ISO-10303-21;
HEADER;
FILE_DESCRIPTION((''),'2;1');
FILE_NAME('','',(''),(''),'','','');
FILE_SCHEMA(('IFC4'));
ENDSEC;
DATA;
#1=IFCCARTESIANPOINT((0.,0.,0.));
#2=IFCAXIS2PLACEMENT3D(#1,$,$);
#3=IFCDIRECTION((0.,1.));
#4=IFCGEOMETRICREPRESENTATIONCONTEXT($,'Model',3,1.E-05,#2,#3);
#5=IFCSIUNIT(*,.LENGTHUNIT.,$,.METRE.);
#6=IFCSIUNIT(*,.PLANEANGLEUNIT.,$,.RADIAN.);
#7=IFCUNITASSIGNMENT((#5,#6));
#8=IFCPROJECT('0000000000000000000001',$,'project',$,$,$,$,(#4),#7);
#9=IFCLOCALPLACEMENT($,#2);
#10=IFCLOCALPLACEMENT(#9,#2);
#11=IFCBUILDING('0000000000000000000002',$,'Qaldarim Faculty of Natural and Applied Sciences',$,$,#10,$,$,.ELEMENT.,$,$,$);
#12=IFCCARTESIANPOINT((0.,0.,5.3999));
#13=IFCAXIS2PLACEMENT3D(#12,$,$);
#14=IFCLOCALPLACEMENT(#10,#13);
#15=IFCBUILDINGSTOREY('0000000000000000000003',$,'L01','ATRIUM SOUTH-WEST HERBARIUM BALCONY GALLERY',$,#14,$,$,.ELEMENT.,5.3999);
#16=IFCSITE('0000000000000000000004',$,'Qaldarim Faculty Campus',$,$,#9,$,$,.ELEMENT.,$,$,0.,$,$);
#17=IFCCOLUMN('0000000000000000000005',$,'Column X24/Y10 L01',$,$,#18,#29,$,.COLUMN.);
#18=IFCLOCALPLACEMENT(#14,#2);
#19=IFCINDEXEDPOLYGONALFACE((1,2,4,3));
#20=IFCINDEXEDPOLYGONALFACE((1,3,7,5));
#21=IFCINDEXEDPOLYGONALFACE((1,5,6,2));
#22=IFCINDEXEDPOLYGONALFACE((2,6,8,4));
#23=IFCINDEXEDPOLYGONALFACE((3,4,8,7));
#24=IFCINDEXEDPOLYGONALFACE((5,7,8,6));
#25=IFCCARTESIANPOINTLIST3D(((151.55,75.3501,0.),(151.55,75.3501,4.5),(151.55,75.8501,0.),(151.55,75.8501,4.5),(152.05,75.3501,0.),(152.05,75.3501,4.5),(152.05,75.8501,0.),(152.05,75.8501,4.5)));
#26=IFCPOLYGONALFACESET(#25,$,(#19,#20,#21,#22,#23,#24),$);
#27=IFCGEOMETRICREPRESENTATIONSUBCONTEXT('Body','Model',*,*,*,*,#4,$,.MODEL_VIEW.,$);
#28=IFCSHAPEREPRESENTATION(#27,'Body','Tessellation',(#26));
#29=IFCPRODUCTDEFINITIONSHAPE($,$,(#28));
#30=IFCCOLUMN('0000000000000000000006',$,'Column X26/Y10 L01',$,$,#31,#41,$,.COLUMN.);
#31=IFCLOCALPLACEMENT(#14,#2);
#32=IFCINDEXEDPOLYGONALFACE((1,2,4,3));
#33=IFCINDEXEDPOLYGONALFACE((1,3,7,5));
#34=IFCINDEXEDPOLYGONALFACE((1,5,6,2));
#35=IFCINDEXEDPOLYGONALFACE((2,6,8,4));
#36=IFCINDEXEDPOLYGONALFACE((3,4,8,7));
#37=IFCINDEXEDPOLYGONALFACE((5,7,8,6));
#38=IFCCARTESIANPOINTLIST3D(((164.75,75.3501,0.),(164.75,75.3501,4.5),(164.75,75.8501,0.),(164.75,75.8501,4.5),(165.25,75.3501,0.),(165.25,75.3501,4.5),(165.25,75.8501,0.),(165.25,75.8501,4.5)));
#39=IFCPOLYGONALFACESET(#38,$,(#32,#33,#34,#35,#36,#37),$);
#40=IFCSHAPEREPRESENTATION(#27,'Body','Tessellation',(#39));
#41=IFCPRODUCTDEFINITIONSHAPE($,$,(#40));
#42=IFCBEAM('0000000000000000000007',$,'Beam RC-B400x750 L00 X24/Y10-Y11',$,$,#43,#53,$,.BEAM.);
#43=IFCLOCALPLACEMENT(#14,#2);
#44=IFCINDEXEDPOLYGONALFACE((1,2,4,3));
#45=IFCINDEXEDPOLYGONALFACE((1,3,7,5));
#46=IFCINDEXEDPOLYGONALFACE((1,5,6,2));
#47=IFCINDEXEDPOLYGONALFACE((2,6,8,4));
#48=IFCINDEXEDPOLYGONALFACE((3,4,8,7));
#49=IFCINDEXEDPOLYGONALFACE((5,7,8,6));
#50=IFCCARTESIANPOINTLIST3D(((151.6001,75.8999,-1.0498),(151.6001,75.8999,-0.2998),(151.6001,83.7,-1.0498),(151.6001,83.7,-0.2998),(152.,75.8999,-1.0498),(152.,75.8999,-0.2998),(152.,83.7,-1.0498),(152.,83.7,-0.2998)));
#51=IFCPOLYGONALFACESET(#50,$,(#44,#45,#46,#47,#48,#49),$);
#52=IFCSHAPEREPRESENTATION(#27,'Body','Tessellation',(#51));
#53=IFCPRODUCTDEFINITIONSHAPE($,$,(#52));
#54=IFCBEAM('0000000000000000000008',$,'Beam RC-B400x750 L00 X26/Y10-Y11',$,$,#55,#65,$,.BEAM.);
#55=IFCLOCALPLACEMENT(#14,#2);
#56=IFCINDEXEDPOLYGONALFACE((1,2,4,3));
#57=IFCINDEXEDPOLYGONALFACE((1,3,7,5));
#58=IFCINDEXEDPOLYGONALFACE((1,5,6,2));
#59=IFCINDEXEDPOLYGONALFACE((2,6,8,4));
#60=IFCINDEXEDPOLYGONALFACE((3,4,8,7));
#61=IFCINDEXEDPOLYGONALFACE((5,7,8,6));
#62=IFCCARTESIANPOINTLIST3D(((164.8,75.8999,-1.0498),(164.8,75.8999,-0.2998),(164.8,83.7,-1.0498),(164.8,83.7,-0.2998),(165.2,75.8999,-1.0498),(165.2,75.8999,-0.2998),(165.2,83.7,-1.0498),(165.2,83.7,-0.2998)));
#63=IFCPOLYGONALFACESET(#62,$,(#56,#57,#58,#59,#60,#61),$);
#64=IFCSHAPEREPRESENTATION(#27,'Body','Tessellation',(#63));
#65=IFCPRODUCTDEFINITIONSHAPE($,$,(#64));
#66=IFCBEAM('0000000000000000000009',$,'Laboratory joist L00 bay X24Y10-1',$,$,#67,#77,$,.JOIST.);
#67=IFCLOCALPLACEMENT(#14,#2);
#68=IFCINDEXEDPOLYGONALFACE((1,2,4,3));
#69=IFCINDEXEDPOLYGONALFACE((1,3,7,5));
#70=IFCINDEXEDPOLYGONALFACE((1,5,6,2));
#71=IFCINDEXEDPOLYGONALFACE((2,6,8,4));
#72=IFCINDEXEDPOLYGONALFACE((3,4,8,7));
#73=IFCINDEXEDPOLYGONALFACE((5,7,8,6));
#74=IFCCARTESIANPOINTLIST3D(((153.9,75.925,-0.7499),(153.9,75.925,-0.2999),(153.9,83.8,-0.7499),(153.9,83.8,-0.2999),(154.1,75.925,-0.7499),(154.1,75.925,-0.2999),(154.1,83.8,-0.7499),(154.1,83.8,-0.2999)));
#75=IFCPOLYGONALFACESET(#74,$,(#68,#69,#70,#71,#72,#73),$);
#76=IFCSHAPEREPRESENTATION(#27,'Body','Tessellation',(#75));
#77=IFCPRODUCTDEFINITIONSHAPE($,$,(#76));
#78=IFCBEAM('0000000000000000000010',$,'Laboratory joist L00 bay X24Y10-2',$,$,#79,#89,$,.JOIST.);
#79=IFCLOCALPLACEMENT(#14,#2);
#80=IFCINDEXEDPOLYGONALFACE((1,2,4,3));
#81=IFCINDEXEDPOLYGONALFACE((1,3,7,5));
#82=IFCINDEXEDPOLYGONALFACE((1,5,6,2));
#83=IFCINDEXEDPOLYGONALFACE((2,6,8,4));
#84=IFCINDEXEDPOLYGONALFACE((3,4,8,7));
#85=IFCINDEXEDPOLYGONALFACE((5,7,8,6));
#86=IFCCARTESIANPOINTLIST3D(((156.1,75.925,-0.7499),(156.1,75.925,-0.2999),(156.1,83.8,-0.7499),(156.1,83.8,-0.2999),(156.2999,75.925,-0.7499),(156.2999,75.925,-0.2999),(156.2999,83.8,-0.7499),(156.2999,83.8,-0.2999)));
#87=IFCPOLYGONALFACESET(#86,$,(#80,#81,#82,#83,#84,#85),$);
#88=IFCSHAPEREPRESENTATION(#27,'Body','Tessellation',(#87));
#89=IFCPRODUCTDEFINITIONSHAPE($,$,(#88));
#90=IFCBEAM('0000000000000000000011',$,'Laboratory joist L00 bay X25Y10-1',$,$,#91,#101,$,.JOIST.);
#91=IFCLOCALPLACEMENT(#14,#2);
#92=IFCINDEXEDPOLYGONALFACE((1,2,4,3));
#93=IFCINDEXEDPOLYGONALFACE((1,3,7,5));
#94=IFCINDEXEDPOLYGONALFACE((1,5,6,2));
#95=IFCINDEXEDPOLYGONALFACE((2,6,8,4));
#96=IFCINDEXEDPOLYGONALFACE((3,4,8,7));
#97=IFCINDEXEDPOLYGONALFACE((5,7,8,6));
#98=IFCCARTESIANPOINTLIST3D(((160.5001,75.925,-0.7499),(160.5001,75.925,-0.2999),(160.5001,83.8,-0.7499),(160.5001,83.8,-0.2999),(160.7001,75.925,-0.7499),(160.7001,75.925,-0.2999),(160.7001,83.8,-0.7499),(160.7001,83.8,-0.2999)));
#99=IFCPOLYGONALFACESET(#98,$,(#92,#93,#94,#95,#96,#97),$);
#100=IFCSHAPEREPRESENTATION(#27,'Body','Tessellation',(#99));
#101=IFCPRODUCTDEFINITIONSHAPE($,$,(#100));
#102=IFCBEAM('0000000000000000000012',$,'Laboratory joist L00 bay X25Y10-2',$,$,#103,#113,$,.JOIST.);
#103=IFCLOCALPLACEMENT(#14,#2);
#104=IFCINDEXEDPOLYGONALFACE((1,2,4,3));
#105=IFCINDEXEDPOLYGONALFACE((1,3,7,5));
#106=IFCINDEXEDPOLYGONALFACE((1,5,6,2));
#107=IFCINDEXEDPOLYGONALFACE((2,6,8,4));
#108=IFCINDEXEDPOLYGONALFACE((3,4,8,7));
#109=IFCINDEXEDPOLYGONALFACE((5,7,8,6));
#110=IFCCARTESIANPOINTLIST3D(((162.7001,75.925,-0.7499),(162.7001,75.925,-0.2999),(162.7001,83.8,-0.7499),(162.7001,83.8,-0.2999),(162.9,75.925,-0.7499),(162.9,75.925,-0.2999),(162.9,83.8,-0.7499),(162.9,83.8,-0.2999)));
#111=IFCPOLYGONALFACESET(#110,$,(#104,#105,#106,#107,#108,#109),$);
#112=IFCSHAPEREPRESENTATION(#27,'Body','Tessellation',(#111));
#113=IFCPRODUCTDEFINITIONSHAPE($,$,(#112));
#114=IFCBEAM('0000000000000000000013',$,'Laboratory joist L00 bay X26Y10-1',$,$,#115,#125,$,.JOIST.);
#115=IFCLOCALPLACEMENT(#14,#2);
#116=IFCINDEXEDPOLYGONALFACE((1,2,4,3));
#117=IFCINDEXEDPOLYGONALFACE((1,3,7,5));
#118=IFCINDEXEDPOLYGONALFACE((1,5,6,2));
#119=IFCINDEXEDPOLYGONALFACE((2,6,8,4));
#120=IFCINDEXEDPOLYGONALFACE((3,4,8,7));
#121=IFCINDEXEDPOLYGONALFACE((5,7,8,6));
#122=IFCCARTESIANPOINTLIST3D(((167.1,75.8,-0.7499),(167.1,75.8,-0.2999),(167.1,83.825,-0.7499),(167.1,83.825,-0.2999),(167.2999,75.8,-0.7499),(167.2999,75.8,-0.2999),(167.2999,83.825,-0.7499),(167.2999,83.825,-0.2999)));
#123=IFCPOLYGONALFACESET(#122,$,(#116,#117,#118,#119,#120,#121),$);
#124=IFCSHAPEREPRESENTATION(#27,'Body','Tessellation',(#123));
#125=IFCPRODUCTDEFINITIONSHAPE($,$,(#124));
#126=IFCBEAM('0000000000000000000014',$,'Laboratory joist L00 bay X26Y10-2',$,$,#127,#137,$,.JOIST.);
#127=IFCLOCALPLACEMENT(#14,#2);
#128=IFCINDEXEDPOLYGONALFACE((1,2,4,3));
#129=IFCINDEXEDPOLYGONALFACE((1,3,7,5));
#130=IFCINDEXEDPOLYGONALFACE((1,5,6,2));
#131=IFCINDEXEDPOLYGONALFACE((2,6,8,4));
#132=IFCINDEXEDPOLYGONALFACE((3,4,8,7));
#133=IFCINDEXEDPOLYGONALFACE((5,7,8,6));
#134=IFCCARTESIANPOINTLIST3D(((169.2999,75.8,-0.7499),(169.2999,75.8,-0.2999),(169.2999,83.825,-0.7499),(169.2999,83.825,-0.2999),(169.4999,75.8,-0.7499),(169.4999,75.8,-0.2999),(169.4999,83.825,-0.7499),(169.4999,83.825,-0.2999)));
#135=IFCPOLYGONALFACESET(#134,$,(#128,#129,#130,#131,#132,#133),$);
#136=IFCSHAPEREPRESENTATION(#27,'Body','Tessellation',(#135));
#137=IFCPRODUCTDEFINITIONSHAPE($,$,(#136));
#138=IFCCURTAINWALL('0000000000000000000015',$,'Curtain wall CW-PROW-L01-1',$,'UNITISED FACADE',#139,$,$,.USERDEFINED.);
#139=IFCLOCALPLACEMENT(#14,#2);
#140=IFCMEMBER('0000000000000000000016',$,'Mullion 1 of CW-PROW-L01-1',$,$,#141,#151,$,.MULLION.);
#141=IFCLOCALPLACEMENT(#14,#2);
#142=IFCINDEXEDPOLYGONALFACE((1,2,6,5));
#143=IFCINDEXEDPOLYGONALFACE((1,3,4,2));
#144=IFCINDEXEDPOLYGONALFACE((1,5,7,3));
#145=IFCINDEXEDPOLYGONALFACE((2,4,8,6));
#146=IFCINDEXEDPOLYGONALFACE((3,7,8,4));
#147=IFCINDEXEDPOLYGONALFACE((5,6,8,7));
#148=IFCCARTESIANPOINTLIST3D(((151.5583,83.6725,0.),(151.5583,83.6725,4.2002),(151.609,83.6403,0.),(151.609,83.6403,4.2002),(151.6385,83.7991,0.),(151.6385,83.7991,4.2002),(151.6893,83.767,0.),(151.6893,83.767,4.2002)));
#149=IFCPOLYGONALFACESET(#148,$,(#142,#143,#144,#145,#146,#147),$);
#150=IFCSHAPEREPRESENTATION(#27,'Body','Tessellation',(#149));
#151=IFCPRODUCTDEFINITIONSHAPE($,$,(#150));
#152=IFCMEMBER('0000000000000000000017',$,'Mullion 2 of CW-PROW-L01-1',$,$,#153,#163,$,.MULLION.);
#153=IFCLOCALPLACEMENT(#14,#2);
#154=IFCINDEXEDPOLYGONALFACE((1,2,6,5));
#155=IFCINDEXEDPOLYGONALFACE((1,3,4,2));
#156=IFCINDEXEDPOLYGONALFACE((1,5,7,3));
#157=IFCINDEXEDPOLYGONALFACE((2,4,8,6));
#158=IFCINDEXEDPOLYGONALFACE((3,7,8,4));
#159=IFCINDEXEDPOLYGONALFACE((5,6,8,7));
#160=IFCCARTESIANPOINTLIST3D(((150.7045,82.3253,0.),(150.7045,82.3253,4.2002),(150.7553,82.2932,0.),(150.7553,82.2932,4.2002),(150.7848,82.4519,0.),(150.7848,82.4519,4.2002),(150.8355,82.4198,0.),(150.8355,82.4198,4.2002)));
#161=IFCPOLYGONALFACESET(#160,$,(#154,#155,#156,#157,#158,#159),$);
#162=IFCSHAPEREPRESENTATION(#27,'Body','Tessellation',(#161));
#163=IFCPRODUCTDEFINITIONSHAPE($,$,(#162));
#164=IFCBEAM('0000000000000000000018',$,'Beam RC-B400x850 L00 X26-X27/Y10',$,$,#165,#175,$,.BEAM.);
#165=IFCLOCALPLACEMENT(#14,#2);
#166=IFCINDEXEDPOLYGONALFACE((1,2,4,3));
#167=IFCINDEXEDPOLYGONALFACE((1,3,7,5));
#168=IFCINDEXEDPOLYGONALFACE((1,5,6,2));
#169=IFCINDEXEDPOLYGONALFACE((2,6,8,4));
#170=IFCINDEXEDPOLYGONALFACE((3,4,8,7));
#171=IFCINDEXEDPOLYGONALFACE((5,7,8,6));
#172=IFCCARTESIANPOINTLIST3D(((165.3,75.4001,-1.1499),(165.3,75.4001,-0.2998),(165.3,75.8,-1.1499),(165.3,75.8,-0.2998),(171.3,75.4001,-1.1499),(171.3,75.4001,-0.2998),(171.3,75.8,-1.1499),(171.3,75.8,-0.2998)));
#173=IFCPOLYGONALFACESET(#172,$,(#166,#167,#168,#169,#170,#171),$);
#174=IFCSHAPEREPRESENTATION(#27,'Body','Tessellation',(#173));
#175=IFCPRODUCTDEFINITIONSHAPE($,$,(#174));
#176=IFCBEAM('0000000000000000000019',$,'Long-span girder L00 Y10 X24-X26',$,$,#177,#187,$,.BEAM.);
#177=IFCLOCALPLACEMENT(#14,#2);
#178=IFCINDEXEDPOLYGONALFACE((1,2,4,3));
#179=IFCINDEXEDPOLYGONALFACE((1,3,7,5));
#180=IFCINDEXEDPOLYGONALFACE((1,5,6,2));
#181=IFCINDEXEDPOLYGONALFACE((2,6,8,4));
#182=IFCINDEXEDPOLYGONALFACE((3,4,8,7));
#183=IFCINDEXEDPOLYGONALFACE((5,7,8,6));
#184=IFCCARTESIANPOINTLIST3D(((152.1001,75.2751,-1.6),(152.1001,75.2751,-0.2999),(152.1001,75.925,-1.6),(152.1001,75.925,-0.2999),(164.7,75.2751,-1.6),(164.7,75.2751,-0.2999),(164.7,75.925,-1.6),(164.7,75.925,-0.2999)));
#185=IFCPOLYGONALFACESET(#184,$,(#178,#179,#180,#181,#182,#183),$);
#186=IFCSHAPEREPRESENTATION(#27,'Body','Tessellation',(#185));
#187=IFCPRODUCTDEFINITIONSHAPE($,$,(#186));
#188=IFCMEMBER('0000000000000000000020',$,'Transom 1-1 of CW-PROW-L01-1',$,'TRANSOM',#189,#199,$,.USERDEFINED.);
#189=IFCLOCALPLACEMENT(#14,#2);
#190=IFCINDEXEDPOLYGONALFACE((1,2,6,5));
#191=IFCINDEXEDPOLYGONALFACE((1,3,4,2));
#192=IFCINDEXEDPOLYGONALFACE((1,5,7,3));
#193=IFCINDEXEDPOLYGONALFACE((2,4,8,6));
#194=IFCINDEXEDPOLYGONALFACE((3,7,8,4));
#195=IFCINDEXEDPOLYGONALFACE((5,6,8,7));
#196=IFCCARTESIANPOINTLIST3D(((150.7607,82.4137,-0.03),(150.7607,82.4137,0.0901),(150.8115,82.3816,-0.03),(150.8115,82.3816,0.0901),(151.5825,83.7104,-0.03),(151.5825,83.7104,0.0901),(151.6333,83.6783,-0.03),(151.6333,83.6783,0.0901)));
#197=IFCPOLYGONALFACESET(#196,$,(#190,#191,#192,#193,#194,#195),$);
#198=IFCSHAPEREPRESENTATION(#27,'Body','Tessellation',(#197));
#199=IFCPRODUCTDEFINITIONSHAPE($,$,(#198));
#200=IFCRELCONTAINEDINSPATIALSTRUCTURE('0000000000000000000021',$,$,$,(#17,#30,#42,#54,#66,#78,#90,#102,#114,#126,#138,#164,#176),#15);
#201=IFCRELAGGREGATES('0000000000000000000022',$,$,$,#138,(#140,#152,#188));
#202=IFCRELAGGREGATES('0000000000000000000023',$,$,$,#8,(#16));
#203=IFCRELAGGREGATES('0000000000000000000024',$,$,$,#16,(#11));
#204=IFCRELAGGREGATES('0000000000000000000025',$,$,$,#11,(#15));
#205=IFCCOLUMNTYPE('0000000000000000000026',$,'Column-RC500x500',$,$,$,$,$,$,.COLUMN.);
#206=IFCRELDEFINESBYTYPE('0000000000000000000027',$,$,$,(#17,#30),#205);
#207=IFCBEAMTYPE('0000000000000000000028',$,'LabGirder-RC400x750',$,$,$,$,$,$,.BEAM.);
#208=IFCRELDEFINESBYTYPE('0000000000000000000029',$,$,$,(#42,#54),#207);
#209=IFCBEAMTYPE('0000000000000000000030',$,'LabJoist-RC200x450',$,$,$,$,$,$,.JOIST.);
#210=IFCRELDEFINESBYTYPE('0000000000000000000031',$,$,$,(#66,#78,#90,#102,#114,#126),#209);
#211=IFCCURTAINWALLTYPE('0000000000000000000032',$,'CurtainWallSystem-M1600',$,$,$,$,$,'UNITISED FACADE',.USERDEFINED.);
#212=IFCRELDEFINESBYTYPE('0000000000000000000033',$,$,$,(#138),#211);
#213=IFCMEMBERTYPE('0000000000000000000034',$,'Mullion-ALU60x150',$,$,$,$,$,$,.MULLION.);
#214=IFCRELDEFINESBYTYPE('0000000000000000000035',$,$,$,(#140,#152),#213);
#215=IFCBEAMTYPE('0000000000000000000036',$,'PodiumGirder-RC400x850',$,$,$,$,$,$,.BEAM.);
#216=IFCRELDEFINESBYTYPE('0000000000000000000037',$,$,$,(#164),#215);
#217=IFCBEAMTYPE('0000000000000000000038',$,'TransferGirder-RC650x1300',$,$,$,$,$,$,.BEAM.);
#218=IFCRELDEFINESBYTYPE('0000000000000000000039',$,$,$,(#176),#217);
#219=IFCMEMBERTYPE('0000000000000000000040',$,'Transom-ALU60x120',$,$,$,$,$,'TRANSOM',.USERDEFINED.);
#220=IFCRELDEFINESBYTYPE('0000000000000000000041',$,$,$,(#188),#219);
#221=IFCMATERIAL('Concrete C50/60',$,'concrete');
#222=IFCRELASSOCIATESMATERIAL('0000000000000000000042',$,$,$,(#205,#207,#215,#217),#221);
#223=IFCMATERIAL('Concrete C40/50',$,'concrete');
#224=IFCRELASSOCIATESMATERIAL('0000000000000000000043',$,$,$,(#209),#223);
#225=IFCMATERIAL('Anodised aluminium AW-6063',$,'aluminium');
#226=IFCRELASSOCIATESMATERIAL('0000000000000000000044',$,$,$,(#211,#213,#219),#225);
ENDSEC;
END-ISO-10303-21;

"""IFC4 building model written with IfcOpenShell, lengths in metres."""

from ifc_helpers import new_model, si_unit, direction, frame, origin, origin_2d, place, context, subcontext, project, spatial, rectangle, extrude, material, material_profile, profile_set, type_object, element, aggregate, save


model = new_model("IFC4")

# Units and contexts
model_context = context("Model", 3, precision=1e-05, world=origin(), true_north=direction((0.0, 1.0)))
body_context = subcontext(model_context, "Body", "Model", "MODEL_VIEW")
ifc_project = project(units=[si_unit("LENGTHUNIT", "METRE"), si_unit("PLANEANGLEUNIT", "RADIAN")], contexts=[model_context])

# Site, building, storey
site_placement = place(None, origin())
site = spatial("IfcSite", under=ifc_project, at=site_placement, Name="Qaldarim Faculty Campus", CompositionType="ELEMENT", RefElevation=0.0)
building_placement = place(site_placement, origin())
building = spatial("IfcBuilding", under=site, at=building_placement, Name="Qaldarim Faculty of Natural and Applied Sciences", CompositionType="ELEMENT")
storey_placement = place(building_placement, frame((0.0, 0.0, 5.3999)))
storey = spatial("IfcBuildingStorey", under=building, at=storey_placement, Name="L01", Description="ATRIUM SOUTH-WEST HERBARIUM BALCONY GALLERY", CompositionType="ELEMENT", Elevation=5.3999)

# Columns
ifc_material_1 = material(Name="Concrete C50/60", Category="concrete")
ifc_material_profile_1 = material_profile(ifc_material_1, rectangle(XDim=0.5, YDim=0.5, at=origin_2d()), Name="RC-C500x500")
ifc_profile_set_1 = profile_set([ifc_material_profile_1], Name="Concrete C50/60")
column_type = type_object("IfcColumnType", Name="Column-RC500x500", PredefinedType="COLUMN", material=ifc_profile_set_1)
for number, where, z_axis, x_axis, name in (
    (1, (151.8, 75.6001, 0.0), (0.0, 0.0, 1.0), (1.0, 0.0, 0.0), "Column X24/Y10 L01"),
    (2, (165.0, 75.6001, 0.0), (0.0, 0.0, 1.0), (1.0, 0.0, 0.0), "Column X26/Y10 L01"),
):
    element("IfcColumn", number, at=place(storey_placement, frame(where, z_axis=z_axis, x_axis=x_axis)), inside=storey, type_object=column_type, Name=name, PredefinedType="COLUMN", context=body_context, shape_type="SweptSolid", body=[
        extrude(rectangle(XDim=0.5, YDim=0.5, at=origin_2d()), origin(), (0.0, 0.0, 1.0), 4.5),
    ])

# Beams
ifc_material_profile_2 = material_profile(ifc_material_1, rectangle(XDim=0.3999, YDim=0.75, at=origin_2d()), Name="RC-B400x750")
ifc_profile_set_2 = profile_set([ifc_material_profile_2], Name="Concrete C50/60")
beam_type_1 = type_object("IfcBeamType", Name="LabGirder-RC400x750", PredefinedType="BEAM", material=ifc_profile_set_2)
for number, where, z_axis, x_axis, name in (
    (3, (151.8, 75.8999, -0.6748), (0.0, 1.0, 0.0), (-1.0, 0.0, 0.0), "Beam RC-B400x750 L00 X24/Y10-Y11"),
    (4, (165.0, 75.8999, -0.6748), (0.0, 1.0, 0.0), (-1.0, 0.0, 0.0), "Beam RC-B400x750 L00 X26/Y10-Y11"),
):
    element("IfcBeam", number, at=place(storey_placement, frame(where, z_axis=z_axis, x_axis=x_axis)), inside=storey, type_object=beam_type_1, Name=name, PredefinedType="BEAM", context=body_context, shape_type="SweptSolid", body=[
        extrude(rectangle(XDim=0.3999, YDim=0.75, at=origin_2d()), origin(), (0.0, 0.0, 1.0), 7.8),
    ])
ifc_material_2 = material(Name="Concrete C40/50", Category="concrete")
ifc_material_profile_3 = material_profile(ifc_material_2, rectangle(XDim=0.2, YDim=0.45, at=origin_2d()), Name="RC-J200x450")
ifc_profile_set_3 = profile_set([ifc_material_profile_3], Name="Concrete C40/50")
beam_type_2 = type_object("IfcBeamType", Name="LabJoist-RC200x450", PredefinedType="JOIST", material=ifc_profile_set_3)
for number, where, z_axis, x_axis, name in (
    (5, (154.0, 75.925, -0.5249), (0.0, 1.0, 0.0), (-1.0, 0.0, 0.0), "Laboratory joist L00 bay X24Y10-1"),
    (6, (156.2, 75.925, -0.5249), (0.0, 1.0, 0.0), (-1.0, 0.0, 0.0), "Laboratory joist L00 bay X24Y10-2"),
    (7, (160.6001, 75.925, -0.5249), (0.0, 1.0, 0.0), (-1.0, 0.0, 0.0), "Laboratory joist L00 bay X25Y10-1"),
    (8, (162.8, 75.925, -0.5249), (0.0, 1.0, 0.0), (-1.0, 0.0, 0.0), "Laboratory joist L00 bay X25Y10-2"),
):
    element("IfcBeam", number, at=place(storey_placement, frame(where, z_axis=z_axis, x_axis=x_axis)), inside=storey, type_object=beam_type_2, Name=name, PredefinedType="JOIST", context=body_context, shape_type="SweptSolid", body=[
        extrude(rectangle(XDim=0.2, YDim=0.45, at=origin_2d()), origin(), (0.0, 0.0, 1.0), 7.875),
    ])
for number, where, z_axis, x_axis, name in (
    (9, (167.2, 75.8, -0.5249), (0.0, 1.0, 0.0), (-1.0, 0.0, 0.0), "Laboratory joist L00 bay X26Y10-1"),
    (10, (169.3999, 75.8, -0.5249), (0.0, 1.0, 0.0), (-1.0, 0.0, 0.0), "Laboratory joist L00 bay X26Y10-2"),
):
    element("IfcBeam", number, at=place(storey_placement, frame(where, z_axis=z_axis, x_axis=x_axis)), inside=storey, type_object=beam_type_2, Name=name, PredefinedType="JOIST", context=body_context, shape_type="SweptSolid", body=[
        extrude(rectangle(XDim=0.2, YDim=0.45, at=origin_2d()), origin(), (0.0, 0.0, 1.0), 8.0249),
    ])

# Curtain wall, members
ifc_material_3 = material(Name="Anodised aluminium AW-6063", Category="aluminium")
curtain_wall_type = type_object("IfcCurtainWallType", Name="CurtainWallSystem-M1600", ElementType="UNITISED FACADE", PredefinedType="USERDEFINED", material=ifc_material_3)
curtain_wall_placement = place(storey_placement, origin())
curtain_wall = element("IfcCurtainWall", 11, at=curtain_wall_placement, inside=storey, type_object=curtain_wall_type, Name="Curtain wall CW-PROW-L01-1", ObjectType="UNITISED FACADE", PredefinedType="USERDEFINED")
ifc_material_profile_4 = material_profile(ifc_material_3, rectangle(XDim=0.0601, YDim=0.1499, at=origin_2d()), Name="ALU-M60x150")
ifc_profile_set_4 = profile_set([ifc_material_profile_4], Name="Anodised aluminium AW-6063")
member_type_1 = type_object("IfcMemberType", Name="Mullion-ALU60x150", PredefinedType="MULLION", material=ifc_profile_set_4)
member_1_placement = place(storey_placement, frame((151.6238, 83.7197, 0.0), z_axis=(0.0, 0.0, 1.0), x_axis=(0.844608, -0.535385, 0.0)))
member_1 = element("IfcMember", 12, at=member_1_placement, type_object=member_type_1, Name="Mullion 1 of CW-PROW-L01-1", PredefinedType="MULLION", context=body_context, shape_type="SweptSolid", body=[
    extrude(rectangle(XDim=0.0601, YDim=0.1499, at=origin_2d()), origin(), (0.0, 0.0, 1.0), 4.2002),
])
member_2_placement = place(storey_placement, frame((150.77, 82.3726, 0.0), z_axis=(0.0, 0.0, 1.0), x_axis=(0.844608, -0.535385, 0.0)))
member_2 = element("IfcMember", 13, at=member_2_placement, type_object=member_type_1, Name="Mullion 2 of CW-PROW-L01-1", PredefinedType="MULLION", context=body_context, shape_type="SweptSolid", body=[
    extrude(rectangle(XDim=0.0601, YDim=0.1499, at=origin_2d()), origin(), (0.0, 0.0, 1.0), 4.2002),
])

# Beams
ifc_material_profile_5 = material_profile(ifc_material_1, rectangle(XDim=0.3999, YDim=0.8501, at=origin_2d()), Name="RC-B400x850")
ifc_profile_set_5 = profile_set([ifc_material_profile_5], Name="Concrete C50/60")
beam_type_3 = type_object("IfcBeamType", Name="PodiumGirder-RC400x850", PredefinedType="BEAM", material=ifc_profile_set_5)
beam_1_placement = place(storey_placement, frame((165.3, 75.6001, -0.7249), z_axis=(1.0, 0.0, 0.0), x_axis=(0.0, 1.0, 0.0)))
element("IfcBeam", 14, at=beam_1_placement, inside=storey, type_object=beam_type_3, Name="Beam RC-B400x850 L00 X26-X27/Y10", PredefinedType="BEAM", context=body_context, shape_type="SweptSolid", body=[
    extrude(rectangle(XDim=0.3999, YDim=0.8501, at=origin_2d()), origin(), (0.0, 0.0, 1.0), 6.0),
])
ifc_material_profile_6 = material_profile(ifc_material_1, rectangle(XDim=0.6499, YDim=1.3, at=origin_2d()), Name="RC-TG650x1300")
ifc_profile_set_6 = profile_set([ifc_material_profile_6], Name="Concrete C50/60")
beam_type_4 = type_object("IfcBeamType", Name="TransferGirder-RC650x1300", PredefinedType="BEAM", material=ifc_profile_set_6)
beam_2_placement = place(storey_placement, frame((152.1001, 75.6001, -0.95), z_axis=(1.0, 0.0, 0.0), x_axis=(0.0, 1.0, 0.0)))
element("IfcBeam", 15, at=beam_2_placement, inside=storey, type_object=beam_type_4, Name="Long-span girder L00 Y10 X24-X26", PredefinedType="BEAM", context=body_context, shape_type="SweptSolid", body=[
    extrude(rectangle(XDim=0.6499, YDim=1.3, at=origin_2d()), origin(), (0.0, 0.0, 1.0), 12.5999),
])

# Member
ifc_material_profile_7 = material_profile(ifc_material_3, rectangle(XDim=0.0601, YDim=0.1201, at=origin_2d()), Name="ALU-T60x120")
ifc_profile_set_7 = profile_set([ifc_material_profile_7], Name="Anodised aluminium AW-6063")
member_type_2 = type_object("IfcMemberType", Name="Transom-ALU60x120", ElementType="TRANSOM", PredefinedType="USERDEFINED", material=ifc_profile_set_7)
member_3_placement = place(storey_placement, frame((151.6079, 83.6943, 0.03), z_axis=(-0.535321, -0.844649, 0.0), x_axis=(0.844649, -0.535321, 0.0)))
member_3 = element("IfcMember", 16, at=member_3_placement, type_object=member_type_2, Name="Transom 1-1 of CW-PROW-L01-1", ObjectType="TRANSOM", PredefinedType="USERDEFINED", context=body_context, shape_type="SweptSolid", body=[
    extrude(rectangle(XDim=0.0601, YDim=0.1201, at=origin_2d()), origin(), (0.0, 0.0, 1.0), 1.5352),
])

aggregate(curtain_wall, [member_1, member_2, member_3])

save(model, "model.ifc")
